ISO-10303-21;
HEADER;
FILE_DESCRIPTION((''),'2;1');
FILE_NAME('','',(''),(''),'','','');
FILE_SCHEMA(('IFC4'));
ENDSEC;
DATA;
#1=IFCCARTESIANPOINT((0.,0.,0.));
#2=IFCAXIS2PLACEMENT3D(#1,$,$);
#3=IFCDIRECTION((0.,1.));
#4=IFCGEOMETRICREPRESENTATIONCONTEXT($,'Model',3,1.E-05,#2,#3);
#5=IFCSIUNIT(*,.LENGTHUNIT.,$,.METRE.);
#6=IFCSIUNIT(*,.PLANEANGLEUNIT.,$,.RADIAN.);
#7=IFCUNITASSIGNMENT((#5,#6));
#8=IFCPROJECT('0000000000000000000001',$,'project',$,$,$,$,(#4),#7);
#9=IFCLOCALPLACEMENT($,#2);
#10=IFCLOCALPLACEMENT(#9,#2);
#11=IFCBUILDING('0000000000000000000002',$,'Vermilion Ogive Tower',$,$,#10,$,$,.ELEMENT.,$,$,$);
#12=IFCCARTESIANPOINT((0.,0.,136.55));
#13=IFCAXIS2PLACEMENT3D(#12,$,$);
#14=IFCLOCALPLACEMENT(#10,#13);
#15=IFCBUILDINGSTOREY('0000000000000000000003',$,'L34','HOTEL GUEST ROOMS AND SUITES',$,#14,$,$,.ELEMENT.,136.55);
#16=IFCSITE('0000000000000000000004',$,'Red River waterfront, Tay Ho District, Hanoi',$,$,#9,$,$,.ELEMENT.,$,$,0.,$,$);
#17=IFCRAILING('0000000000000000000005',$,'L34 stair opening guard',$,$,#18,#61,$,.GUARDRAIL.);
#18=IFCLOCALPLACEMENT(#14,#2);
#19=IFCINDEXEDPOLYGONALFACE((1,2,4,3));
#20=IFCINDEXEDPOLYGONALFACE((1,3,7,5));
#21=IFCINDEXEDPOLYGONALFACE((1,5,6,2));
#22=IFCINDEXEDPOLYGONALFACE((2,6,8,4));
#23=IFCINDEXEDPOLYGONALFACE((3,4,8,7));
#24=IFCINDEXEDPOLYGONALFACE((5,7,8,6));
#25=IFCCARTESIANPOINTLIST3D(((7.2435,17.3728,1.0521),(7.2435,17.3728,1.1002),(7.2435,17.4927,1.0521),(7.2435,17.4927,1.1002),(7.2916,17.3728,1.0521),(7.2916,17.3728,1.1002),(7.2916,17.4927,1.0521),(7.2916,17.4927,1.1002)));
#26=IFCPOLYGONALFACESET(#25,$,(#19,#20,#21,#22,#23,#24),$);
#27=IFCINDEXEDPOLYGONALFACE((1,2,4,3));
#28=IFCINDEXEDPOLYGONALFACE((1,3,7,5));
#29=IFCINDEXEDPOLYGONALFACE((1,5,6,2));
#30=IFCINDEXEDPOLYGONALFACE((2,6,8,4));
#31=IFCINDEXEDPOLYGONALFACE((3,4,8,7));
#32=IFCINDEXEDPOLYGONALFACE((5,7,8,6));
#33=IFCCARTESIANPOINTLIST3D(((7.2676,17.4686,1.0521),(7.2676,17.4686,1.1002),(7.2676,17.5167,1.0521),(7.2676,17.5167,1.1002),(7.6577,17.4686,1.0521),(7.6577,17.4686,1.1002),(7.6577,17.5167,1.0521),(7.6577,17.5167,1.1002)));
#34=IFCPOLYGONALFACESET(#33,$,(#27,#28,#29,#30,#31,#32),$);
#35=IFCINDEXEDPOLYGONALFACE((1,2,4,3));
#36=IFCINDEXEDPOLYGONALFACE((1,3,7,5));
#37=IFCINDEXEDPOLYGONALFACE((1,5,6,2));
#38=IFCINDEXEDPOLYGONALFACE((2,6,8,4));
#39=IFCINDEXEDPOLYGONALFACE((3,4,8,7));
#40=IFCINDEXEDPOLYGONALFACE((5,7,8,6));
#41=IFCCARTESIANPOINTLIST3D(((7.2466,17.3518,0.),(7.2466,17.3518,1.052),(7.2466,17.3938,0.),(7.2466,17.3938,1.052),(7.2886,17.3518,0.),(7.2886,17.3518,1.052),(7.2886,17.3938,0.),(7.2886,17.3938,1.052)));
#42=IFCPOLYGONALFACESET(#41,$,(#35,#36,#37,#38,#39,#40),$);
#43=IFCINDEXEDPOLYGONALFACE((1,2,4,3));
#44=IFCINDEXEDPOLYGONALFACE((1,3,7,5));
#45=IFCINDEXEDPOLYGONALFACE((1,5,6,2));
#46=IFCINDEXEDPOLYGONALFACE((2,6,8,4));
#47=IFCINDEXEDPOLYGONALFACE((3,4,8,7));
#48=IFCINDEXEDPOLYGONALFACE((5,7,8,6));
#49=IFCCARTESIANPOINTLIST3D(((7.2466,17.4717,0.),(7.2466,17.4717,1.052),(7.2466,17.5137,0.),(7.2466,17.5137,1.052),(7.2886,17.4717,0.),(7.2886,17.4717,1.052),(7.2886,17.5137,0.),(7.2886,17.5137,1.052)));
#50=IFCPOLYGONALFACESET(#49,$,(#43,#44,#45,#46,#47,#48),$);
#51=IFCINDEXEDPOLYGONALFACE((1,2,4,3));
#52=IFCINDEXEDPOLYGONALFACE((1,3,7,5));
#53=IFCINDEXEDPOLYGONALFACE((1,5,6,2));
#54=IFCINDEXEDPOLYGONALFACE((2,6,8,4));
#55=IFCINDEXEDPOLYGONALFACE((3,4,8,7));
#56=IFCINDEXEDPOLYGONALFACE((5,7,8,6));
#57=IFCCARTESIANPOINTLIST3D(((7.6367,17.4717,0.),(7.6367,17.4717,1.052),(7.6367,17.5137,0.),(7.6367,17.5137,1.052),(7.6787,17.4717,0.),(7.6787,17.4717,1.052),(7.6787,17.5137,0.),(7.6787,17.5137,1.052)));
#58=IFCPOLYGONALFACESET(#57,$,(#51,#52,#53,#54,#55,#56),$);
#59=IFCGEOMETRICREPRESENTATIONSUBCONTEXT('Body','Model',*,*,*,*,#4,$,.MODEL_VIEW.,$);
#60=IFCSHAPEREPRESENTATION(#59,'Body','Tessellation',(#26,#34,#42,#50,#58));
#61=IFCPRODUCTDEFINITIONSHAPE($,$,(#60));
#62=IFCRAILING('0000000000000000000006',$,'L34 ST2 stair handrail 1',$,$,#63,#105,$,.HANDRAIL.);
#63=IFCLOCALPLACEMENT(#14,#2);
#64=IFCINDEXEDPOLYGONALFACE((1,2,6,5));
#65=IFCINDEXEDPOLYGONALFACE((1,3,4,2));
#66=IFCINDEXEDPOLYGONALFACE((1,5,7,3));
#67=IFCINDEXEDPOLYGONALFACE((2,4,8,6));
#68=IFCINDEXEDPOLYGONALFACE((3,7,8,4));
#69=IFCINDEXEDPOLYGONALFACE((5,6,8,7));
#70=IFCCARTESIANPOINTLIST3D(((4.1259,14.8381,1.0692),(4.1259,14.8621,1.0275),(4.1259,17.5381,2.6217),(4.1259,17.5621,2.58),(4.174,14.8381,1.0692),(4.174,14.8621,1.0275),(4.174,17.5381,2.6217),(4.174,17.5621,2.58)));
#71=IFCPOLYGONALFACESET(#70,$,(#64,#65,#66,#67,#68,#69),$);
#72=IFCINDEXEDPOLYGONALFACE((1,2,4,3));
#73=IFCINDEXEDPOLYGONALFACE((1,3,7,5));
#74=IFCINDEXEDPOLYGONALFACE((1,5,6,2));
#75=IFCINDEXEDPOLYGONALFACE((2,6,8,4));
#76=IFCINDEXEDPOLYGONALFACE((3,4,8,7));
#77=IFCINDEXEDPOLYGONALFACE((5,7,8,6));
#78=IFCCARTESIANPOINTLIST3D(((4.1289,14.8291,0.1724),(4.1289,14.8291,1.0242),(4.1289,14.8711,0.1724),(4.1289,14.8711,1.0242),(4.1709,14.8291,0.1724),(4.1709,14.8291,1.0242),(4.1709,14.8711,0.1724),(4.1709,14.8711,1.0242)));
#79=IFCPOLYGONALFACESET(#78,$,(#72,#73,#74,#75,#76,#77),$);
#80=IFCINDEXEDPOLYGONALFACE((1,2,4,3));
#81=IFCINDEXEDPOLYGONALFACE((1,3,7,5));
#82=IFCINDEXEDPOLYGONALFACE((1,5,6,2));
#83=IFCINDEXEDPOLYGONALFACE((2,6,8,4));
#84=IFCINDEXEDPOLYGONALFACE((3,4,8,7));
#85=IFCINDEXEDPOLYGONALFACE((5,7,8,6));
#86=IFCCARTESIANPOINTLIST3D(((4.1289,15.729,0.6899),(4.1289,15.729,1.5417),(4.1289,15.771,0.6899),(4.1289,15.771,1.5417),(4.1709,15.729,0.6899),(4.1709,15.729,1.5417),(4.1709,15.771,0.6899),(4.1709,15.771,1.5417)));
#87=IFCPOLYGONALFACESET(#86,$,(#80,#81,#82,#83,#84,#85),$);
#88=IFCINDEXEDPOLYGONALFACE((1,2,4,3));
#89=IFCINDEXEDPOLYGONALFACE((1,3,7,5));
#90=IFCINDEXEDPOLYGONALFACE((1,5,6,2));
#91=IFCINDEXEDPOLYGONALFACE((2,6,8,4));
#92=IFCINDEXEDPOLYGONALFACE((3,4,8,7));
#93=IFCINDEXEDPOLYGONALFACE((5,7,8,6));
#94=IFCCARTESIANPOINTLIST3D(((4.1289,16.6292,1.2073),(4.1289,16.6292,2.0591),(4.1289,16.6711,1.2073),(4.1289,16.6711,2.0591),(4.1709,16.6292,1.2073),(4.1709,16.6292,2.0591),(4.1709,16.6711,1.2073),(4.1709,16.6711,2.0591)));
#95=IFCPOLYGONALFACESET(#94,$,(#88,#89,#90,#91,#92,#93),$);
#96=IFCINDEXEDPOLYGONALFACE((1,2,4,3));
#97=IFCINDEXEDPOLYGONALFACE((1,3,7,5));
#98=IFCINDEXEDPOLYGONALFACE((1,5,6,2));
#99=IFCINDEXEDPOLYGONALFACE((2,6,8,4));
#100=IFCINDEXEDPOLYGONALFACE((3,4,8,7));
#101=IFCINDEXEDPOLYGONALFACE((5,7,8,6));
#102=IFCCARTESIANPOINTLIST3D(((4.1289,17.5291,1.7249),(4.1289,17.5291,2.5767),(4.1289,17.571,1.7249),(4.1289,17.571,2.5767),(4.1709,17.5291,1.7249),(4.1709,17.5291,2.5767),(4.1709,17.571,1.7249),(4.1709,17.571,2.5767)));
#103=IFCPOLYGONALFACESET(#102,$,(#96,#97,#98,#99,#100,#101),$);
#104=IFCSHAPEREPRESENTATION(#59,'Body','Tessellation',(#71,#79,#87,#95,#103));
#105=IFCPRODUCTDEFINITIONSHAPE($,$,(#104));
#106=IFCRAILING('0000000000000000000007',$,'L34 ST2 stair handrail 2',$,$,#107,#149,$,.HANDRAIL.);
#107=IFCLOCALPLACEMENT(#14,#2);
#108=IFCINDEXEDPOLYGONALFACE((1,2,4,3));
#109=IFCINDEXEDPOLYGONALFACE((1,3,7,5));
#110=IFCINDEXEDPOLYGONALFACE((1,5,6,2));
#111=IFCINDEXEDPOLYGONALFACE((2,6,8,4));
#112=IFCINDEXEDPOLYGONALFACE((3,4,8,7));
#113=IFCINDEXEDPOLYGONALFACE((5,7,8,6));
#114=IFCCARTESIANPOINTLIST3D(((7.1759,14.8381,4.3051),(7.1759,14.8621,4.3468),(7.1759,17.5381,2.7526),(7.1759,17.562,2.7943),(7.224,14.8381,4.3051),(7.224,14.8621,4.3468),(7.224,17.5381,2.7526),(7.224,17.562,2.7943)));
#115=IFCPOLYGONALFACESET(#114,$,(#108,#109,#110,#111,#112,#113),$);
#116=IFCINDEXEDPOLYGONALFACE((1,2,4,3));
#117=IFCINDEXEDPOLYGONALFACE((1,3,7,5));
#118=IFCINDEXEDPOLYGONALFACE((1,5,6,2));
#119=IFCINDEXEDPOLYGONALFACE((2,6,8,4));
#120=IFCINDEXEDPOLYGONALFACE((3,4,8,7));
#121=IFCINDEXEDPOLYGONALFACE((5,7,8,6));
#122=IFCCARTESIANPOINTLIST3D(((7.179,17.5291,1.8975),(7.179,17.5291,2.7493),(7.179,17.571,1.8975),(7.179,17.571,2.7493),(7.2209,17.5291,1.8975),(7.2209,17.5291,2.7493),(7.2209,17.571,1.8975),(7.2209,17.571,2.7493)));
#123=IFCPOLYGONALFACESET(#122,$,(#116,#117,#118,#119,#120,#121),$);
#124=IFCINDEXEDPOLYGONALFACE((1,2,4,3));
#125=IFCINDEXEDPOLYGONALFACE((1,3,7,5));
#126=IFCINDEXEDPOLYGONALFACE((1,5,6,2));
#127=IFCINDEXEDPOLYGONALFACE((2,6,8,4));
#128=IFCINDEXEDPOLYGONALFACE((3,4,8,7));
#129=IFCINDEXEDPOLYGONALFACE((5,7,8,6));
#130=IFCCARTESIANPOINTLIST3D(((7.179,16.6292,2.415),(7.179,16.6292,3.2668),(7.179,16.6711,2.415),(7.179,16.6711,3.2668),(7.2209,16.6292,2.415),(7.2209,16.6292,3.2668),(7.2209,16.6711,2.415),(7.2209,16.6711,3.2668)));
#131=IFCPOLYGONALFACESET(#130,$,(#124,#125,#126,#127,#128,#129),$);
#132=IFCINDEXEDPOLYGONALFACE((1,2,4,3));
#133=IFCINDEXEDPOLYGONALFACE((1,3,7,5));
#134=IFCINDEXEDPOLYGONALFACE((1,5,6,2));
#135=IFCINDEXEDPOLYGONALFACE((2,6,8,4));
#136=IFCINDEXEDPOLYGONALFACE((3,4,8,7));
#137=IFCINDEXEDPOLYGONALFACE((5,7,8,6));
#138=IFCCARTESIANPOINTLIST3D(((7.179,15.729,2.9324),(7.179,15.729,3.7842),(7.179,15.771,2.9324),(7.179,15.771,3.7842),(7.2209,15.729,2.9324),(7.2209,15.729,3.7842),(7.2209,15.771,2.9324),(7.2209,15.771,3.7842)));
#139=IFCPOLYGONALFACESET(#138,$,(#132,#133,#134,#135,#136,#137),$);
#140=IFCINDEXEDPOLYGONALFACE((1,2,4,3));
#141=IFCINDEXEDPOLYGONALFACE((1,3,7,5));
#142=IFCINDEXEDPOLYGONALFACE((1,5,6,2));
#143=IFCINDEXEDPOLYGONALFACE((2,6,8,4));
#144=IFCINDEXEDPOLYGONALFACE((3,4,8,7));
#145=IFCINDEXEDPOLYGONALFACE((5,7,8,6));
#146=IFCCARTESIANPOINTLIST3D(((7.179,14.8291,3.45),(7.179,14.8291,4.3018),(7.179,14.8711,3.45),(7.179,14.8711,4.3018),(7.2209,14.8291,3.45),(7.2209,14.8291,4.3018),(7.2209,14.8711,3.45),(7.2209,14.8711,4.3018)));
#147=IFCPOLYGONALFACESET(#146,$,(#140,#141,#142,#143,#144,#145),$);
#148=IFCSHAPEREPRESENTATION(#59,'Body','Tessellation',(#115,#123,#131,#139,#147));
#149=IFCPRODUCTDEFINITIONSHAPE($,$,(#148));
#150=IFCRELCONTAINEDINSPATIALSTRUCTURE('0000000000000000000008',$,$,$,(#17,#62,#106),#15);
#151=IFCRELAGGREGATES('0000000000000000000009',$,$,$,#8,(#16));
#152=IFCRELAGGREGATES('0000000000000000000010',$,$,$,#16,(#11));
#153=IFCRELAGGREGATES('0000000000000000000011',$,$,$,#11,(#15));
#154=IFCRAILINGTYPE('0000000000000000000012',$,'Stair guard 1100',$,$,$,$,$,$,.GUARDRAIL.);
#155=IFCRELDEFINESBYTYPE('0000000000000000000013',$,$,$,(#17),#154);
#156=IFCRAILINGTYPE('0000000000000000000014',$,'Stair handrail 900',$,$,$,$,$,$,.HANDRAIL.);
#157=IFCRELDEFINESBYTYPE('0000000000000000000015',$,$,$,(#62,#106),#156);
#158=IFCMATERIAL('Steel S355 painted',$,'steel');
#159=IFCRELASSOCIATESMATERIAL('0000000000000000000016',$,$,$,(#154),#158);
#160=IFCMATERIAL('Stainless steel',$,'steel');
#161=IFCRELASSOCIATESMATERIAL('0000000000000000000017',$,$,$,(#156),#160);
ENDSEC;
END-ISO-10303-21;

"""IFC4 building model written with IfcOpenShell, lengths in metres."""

from ifc_helpers import new_model, si_unit, direction, frame, origin, origin_2d, place, context, subcontext, project, spatial, rectangle, extrude, material, type_object, element, save


model = new_model("IFC4")

# Units and contexts
model_context = context("Model", 3, precision=1e-05, world=origin(), true_north=direction((0.0, 1.0)))
body_context = subcontext(model_context, "Body", "Model", "MODEL_VIEW")
ifc_project = project(units=[si_unit("LENGTHUNIT", "METRE"), si_unit("PLANEANGLEUNIT", "RADIAN")], contexts=[model_context])

# Site, building, storey
site_placement = place(None, origin())
site = spatial("IfcSite", under=ifc_project, at=site_placement, Name="Red River waterfront, Tay Ho District, Hanoi", CompositionType="ELEMENT", RefElevation=0.0)
building_placement = place(site_placement, origin())
building = spatial("IfcBuilding", under=site, at=building_placement, Name="Vermilion Ogive Tower", CompositionType="ELEMENT")
storey_placement = place(building_placement, frame((0.0, 0.0, 136.55)))
storey = spatial("IfcBuildingStorey", under=building, at=storey_placement, Name="L34", Description="HOTEL GUEST ROOMS AND SUITES", CompositionType="ELEMENT", Elevation=136.55)

# Railings
ifc_material_1 = material(Name="Steel S355 painted", Category="steel")
railing_type_1 = type_object("IfcRailingType", Name="Stair guard 1100", PredefinedType="GUARDRAIL", material=ifc_material_1)
railing_1_placement = place(storey_placement, frame((7.2676, 17.3728, 0.0)))
element("IfcRailing", 1, at=railing_1_placement, inside=storey, type_object=railing_type_1, Name="L34 stair opening guard", PredefinedType="GUARDRAIL", context=body_context, shape_type="SweptSolid", body=[
    extrude(rectangle(XDim=0.0481, YDim=0.0481, at=origin_2d()), frame((0.0, 0.0, 1.0762), z_axis=(0.0, 1.0, 0.0), x_axis=(-1.0, 0.0, 0.0)), (0.0, 0.0, 1.0), 0.1199),
    extrude(rectangle(XDim=0.0481, YDim=0.0481, at=origin_2d()), frame((0.0, 0.1199, 1.0762), z_axis=(1.0, 0.0, 0.0), x_axis=(0.0, 1.0, 0.0)), (0.0, 0.0, 1.0), 0.3901),
    extrude(rectangle(XDim=0.042, YDim=0.042, at=origin_2d()), origin(), (0.0, 0.0, 1.0), 1.052),
    extrude(rectangle(XDim=0.042, YDim=0.042, at=origin_2d()), frame((0.0, 0.1199, 0.0)), (0.0, 0.0, 1.0), 1.052),
    extrude(rectangle(XDim=0.042, YDim=0.042, at=origin_2d()), frame((0.3901, 0.1199, 0.0)), (0.0, 0.0, 1.0), 1.052),
])
ifc_material_2 = material(Name="Stainless steel", Category="steel")
railing_type_2 = type_object("IfcRailingType", Name="Stair handrail 900", PredefinedType="HANDRAIL", material=ifc_material_2)
railing_2_placement = place(storey_placement, frame((4.1499, 14.8501, 0.1724)))
element("IfcRailing", 2, at=railing_2_placement, inside=storey, type_object=railing_type_2, Name="L34 ST2 stair handrail 1", PredefinedType="HANDRAIL", context=body_context, shape_type="SweptSolid", body=[
    extrude(rectangle(XDim=0.0481, YDim=0.0481, at=origin_2d()), frame((0.0, 0.0, 0.876), z_axis=(0.0, 0.866904, 0.498476), x_axis=(-1.0, 0.0, 0.0)), (0.0, 0.0, 1.0), 3.1145),
    extrude(rectangle(XDim=0.042, YDim=0.042, at=origin_2d()), origin(), (0.0, 0.0, 1.0), 0.8518),
    extrude(rectangle(XDim=0.042, YDim=0.042, at=origin_2d()), frame((0.0, 0.8999, 0.5176)), (0.0, 0.0, 1.0), 0.8518),
    extrude(rectangle(XDim=0.042, YDim=0.042, at=origin_2d()), frame((0.0, 1.8, 1.0349)), (0.0, 0.0, 1.0), 0.8518),
    extrude(rectangle(XDim=0.042, YDim=0.042, at=origin_2d()), frame((0.0, 2.7, 1.5525)), (0.0, 0.0, 1.0), 0.8518),
])
railing_3_placement = place(storey_placement, frame((7.2, 17.55, 1.8975)))
element("IfcRailing", 3, at=railing_3_placement, inside=storey, type_object=railing_type_2, Name="L34 ST2 stair handrail 2", PredefinedType="HANDRAIL", context=body_context, shape_type="SweptSolid", body=[
    extrude(rectangle(XDim=0.0481, YDim=0.0481, at=origin_2d()), frame((0.0, 0.0, 0.876), z_axis=(0.0, -0.866904, 0.498476), x_axis=(1.0, 0.0, 0.0)), (0.0, 0.0, 1.0), 3.1145),
    extrude(rectangle(XDim=0.042, YDim=0.042, at=origin_2d()), origin(), (0.0, 0.0, 1.0), 0.8518),
    extrude(rectangle(XDim=0.042, YDim=0.042, at=origin_2d()), frame((0.0, -0.8999, 0.5176)), (0.0, 0.0, 1.0), 0.8518),
    extrude(rectangle(XDim=0.042, YDim=0.042, at=origin_2d()), frame((0.0, -1.8, 1.0349)), (0.0, 0.0, 1.0), 0.8518),
    extrude(rectangle(XDim=0.042, YDim=0.042, at=origin_2d()), frame((0.0, -2.7, 1.5525)), (0.0, 0.0, 1.0), 0.8518),
])

save(model, "model.ifc")
